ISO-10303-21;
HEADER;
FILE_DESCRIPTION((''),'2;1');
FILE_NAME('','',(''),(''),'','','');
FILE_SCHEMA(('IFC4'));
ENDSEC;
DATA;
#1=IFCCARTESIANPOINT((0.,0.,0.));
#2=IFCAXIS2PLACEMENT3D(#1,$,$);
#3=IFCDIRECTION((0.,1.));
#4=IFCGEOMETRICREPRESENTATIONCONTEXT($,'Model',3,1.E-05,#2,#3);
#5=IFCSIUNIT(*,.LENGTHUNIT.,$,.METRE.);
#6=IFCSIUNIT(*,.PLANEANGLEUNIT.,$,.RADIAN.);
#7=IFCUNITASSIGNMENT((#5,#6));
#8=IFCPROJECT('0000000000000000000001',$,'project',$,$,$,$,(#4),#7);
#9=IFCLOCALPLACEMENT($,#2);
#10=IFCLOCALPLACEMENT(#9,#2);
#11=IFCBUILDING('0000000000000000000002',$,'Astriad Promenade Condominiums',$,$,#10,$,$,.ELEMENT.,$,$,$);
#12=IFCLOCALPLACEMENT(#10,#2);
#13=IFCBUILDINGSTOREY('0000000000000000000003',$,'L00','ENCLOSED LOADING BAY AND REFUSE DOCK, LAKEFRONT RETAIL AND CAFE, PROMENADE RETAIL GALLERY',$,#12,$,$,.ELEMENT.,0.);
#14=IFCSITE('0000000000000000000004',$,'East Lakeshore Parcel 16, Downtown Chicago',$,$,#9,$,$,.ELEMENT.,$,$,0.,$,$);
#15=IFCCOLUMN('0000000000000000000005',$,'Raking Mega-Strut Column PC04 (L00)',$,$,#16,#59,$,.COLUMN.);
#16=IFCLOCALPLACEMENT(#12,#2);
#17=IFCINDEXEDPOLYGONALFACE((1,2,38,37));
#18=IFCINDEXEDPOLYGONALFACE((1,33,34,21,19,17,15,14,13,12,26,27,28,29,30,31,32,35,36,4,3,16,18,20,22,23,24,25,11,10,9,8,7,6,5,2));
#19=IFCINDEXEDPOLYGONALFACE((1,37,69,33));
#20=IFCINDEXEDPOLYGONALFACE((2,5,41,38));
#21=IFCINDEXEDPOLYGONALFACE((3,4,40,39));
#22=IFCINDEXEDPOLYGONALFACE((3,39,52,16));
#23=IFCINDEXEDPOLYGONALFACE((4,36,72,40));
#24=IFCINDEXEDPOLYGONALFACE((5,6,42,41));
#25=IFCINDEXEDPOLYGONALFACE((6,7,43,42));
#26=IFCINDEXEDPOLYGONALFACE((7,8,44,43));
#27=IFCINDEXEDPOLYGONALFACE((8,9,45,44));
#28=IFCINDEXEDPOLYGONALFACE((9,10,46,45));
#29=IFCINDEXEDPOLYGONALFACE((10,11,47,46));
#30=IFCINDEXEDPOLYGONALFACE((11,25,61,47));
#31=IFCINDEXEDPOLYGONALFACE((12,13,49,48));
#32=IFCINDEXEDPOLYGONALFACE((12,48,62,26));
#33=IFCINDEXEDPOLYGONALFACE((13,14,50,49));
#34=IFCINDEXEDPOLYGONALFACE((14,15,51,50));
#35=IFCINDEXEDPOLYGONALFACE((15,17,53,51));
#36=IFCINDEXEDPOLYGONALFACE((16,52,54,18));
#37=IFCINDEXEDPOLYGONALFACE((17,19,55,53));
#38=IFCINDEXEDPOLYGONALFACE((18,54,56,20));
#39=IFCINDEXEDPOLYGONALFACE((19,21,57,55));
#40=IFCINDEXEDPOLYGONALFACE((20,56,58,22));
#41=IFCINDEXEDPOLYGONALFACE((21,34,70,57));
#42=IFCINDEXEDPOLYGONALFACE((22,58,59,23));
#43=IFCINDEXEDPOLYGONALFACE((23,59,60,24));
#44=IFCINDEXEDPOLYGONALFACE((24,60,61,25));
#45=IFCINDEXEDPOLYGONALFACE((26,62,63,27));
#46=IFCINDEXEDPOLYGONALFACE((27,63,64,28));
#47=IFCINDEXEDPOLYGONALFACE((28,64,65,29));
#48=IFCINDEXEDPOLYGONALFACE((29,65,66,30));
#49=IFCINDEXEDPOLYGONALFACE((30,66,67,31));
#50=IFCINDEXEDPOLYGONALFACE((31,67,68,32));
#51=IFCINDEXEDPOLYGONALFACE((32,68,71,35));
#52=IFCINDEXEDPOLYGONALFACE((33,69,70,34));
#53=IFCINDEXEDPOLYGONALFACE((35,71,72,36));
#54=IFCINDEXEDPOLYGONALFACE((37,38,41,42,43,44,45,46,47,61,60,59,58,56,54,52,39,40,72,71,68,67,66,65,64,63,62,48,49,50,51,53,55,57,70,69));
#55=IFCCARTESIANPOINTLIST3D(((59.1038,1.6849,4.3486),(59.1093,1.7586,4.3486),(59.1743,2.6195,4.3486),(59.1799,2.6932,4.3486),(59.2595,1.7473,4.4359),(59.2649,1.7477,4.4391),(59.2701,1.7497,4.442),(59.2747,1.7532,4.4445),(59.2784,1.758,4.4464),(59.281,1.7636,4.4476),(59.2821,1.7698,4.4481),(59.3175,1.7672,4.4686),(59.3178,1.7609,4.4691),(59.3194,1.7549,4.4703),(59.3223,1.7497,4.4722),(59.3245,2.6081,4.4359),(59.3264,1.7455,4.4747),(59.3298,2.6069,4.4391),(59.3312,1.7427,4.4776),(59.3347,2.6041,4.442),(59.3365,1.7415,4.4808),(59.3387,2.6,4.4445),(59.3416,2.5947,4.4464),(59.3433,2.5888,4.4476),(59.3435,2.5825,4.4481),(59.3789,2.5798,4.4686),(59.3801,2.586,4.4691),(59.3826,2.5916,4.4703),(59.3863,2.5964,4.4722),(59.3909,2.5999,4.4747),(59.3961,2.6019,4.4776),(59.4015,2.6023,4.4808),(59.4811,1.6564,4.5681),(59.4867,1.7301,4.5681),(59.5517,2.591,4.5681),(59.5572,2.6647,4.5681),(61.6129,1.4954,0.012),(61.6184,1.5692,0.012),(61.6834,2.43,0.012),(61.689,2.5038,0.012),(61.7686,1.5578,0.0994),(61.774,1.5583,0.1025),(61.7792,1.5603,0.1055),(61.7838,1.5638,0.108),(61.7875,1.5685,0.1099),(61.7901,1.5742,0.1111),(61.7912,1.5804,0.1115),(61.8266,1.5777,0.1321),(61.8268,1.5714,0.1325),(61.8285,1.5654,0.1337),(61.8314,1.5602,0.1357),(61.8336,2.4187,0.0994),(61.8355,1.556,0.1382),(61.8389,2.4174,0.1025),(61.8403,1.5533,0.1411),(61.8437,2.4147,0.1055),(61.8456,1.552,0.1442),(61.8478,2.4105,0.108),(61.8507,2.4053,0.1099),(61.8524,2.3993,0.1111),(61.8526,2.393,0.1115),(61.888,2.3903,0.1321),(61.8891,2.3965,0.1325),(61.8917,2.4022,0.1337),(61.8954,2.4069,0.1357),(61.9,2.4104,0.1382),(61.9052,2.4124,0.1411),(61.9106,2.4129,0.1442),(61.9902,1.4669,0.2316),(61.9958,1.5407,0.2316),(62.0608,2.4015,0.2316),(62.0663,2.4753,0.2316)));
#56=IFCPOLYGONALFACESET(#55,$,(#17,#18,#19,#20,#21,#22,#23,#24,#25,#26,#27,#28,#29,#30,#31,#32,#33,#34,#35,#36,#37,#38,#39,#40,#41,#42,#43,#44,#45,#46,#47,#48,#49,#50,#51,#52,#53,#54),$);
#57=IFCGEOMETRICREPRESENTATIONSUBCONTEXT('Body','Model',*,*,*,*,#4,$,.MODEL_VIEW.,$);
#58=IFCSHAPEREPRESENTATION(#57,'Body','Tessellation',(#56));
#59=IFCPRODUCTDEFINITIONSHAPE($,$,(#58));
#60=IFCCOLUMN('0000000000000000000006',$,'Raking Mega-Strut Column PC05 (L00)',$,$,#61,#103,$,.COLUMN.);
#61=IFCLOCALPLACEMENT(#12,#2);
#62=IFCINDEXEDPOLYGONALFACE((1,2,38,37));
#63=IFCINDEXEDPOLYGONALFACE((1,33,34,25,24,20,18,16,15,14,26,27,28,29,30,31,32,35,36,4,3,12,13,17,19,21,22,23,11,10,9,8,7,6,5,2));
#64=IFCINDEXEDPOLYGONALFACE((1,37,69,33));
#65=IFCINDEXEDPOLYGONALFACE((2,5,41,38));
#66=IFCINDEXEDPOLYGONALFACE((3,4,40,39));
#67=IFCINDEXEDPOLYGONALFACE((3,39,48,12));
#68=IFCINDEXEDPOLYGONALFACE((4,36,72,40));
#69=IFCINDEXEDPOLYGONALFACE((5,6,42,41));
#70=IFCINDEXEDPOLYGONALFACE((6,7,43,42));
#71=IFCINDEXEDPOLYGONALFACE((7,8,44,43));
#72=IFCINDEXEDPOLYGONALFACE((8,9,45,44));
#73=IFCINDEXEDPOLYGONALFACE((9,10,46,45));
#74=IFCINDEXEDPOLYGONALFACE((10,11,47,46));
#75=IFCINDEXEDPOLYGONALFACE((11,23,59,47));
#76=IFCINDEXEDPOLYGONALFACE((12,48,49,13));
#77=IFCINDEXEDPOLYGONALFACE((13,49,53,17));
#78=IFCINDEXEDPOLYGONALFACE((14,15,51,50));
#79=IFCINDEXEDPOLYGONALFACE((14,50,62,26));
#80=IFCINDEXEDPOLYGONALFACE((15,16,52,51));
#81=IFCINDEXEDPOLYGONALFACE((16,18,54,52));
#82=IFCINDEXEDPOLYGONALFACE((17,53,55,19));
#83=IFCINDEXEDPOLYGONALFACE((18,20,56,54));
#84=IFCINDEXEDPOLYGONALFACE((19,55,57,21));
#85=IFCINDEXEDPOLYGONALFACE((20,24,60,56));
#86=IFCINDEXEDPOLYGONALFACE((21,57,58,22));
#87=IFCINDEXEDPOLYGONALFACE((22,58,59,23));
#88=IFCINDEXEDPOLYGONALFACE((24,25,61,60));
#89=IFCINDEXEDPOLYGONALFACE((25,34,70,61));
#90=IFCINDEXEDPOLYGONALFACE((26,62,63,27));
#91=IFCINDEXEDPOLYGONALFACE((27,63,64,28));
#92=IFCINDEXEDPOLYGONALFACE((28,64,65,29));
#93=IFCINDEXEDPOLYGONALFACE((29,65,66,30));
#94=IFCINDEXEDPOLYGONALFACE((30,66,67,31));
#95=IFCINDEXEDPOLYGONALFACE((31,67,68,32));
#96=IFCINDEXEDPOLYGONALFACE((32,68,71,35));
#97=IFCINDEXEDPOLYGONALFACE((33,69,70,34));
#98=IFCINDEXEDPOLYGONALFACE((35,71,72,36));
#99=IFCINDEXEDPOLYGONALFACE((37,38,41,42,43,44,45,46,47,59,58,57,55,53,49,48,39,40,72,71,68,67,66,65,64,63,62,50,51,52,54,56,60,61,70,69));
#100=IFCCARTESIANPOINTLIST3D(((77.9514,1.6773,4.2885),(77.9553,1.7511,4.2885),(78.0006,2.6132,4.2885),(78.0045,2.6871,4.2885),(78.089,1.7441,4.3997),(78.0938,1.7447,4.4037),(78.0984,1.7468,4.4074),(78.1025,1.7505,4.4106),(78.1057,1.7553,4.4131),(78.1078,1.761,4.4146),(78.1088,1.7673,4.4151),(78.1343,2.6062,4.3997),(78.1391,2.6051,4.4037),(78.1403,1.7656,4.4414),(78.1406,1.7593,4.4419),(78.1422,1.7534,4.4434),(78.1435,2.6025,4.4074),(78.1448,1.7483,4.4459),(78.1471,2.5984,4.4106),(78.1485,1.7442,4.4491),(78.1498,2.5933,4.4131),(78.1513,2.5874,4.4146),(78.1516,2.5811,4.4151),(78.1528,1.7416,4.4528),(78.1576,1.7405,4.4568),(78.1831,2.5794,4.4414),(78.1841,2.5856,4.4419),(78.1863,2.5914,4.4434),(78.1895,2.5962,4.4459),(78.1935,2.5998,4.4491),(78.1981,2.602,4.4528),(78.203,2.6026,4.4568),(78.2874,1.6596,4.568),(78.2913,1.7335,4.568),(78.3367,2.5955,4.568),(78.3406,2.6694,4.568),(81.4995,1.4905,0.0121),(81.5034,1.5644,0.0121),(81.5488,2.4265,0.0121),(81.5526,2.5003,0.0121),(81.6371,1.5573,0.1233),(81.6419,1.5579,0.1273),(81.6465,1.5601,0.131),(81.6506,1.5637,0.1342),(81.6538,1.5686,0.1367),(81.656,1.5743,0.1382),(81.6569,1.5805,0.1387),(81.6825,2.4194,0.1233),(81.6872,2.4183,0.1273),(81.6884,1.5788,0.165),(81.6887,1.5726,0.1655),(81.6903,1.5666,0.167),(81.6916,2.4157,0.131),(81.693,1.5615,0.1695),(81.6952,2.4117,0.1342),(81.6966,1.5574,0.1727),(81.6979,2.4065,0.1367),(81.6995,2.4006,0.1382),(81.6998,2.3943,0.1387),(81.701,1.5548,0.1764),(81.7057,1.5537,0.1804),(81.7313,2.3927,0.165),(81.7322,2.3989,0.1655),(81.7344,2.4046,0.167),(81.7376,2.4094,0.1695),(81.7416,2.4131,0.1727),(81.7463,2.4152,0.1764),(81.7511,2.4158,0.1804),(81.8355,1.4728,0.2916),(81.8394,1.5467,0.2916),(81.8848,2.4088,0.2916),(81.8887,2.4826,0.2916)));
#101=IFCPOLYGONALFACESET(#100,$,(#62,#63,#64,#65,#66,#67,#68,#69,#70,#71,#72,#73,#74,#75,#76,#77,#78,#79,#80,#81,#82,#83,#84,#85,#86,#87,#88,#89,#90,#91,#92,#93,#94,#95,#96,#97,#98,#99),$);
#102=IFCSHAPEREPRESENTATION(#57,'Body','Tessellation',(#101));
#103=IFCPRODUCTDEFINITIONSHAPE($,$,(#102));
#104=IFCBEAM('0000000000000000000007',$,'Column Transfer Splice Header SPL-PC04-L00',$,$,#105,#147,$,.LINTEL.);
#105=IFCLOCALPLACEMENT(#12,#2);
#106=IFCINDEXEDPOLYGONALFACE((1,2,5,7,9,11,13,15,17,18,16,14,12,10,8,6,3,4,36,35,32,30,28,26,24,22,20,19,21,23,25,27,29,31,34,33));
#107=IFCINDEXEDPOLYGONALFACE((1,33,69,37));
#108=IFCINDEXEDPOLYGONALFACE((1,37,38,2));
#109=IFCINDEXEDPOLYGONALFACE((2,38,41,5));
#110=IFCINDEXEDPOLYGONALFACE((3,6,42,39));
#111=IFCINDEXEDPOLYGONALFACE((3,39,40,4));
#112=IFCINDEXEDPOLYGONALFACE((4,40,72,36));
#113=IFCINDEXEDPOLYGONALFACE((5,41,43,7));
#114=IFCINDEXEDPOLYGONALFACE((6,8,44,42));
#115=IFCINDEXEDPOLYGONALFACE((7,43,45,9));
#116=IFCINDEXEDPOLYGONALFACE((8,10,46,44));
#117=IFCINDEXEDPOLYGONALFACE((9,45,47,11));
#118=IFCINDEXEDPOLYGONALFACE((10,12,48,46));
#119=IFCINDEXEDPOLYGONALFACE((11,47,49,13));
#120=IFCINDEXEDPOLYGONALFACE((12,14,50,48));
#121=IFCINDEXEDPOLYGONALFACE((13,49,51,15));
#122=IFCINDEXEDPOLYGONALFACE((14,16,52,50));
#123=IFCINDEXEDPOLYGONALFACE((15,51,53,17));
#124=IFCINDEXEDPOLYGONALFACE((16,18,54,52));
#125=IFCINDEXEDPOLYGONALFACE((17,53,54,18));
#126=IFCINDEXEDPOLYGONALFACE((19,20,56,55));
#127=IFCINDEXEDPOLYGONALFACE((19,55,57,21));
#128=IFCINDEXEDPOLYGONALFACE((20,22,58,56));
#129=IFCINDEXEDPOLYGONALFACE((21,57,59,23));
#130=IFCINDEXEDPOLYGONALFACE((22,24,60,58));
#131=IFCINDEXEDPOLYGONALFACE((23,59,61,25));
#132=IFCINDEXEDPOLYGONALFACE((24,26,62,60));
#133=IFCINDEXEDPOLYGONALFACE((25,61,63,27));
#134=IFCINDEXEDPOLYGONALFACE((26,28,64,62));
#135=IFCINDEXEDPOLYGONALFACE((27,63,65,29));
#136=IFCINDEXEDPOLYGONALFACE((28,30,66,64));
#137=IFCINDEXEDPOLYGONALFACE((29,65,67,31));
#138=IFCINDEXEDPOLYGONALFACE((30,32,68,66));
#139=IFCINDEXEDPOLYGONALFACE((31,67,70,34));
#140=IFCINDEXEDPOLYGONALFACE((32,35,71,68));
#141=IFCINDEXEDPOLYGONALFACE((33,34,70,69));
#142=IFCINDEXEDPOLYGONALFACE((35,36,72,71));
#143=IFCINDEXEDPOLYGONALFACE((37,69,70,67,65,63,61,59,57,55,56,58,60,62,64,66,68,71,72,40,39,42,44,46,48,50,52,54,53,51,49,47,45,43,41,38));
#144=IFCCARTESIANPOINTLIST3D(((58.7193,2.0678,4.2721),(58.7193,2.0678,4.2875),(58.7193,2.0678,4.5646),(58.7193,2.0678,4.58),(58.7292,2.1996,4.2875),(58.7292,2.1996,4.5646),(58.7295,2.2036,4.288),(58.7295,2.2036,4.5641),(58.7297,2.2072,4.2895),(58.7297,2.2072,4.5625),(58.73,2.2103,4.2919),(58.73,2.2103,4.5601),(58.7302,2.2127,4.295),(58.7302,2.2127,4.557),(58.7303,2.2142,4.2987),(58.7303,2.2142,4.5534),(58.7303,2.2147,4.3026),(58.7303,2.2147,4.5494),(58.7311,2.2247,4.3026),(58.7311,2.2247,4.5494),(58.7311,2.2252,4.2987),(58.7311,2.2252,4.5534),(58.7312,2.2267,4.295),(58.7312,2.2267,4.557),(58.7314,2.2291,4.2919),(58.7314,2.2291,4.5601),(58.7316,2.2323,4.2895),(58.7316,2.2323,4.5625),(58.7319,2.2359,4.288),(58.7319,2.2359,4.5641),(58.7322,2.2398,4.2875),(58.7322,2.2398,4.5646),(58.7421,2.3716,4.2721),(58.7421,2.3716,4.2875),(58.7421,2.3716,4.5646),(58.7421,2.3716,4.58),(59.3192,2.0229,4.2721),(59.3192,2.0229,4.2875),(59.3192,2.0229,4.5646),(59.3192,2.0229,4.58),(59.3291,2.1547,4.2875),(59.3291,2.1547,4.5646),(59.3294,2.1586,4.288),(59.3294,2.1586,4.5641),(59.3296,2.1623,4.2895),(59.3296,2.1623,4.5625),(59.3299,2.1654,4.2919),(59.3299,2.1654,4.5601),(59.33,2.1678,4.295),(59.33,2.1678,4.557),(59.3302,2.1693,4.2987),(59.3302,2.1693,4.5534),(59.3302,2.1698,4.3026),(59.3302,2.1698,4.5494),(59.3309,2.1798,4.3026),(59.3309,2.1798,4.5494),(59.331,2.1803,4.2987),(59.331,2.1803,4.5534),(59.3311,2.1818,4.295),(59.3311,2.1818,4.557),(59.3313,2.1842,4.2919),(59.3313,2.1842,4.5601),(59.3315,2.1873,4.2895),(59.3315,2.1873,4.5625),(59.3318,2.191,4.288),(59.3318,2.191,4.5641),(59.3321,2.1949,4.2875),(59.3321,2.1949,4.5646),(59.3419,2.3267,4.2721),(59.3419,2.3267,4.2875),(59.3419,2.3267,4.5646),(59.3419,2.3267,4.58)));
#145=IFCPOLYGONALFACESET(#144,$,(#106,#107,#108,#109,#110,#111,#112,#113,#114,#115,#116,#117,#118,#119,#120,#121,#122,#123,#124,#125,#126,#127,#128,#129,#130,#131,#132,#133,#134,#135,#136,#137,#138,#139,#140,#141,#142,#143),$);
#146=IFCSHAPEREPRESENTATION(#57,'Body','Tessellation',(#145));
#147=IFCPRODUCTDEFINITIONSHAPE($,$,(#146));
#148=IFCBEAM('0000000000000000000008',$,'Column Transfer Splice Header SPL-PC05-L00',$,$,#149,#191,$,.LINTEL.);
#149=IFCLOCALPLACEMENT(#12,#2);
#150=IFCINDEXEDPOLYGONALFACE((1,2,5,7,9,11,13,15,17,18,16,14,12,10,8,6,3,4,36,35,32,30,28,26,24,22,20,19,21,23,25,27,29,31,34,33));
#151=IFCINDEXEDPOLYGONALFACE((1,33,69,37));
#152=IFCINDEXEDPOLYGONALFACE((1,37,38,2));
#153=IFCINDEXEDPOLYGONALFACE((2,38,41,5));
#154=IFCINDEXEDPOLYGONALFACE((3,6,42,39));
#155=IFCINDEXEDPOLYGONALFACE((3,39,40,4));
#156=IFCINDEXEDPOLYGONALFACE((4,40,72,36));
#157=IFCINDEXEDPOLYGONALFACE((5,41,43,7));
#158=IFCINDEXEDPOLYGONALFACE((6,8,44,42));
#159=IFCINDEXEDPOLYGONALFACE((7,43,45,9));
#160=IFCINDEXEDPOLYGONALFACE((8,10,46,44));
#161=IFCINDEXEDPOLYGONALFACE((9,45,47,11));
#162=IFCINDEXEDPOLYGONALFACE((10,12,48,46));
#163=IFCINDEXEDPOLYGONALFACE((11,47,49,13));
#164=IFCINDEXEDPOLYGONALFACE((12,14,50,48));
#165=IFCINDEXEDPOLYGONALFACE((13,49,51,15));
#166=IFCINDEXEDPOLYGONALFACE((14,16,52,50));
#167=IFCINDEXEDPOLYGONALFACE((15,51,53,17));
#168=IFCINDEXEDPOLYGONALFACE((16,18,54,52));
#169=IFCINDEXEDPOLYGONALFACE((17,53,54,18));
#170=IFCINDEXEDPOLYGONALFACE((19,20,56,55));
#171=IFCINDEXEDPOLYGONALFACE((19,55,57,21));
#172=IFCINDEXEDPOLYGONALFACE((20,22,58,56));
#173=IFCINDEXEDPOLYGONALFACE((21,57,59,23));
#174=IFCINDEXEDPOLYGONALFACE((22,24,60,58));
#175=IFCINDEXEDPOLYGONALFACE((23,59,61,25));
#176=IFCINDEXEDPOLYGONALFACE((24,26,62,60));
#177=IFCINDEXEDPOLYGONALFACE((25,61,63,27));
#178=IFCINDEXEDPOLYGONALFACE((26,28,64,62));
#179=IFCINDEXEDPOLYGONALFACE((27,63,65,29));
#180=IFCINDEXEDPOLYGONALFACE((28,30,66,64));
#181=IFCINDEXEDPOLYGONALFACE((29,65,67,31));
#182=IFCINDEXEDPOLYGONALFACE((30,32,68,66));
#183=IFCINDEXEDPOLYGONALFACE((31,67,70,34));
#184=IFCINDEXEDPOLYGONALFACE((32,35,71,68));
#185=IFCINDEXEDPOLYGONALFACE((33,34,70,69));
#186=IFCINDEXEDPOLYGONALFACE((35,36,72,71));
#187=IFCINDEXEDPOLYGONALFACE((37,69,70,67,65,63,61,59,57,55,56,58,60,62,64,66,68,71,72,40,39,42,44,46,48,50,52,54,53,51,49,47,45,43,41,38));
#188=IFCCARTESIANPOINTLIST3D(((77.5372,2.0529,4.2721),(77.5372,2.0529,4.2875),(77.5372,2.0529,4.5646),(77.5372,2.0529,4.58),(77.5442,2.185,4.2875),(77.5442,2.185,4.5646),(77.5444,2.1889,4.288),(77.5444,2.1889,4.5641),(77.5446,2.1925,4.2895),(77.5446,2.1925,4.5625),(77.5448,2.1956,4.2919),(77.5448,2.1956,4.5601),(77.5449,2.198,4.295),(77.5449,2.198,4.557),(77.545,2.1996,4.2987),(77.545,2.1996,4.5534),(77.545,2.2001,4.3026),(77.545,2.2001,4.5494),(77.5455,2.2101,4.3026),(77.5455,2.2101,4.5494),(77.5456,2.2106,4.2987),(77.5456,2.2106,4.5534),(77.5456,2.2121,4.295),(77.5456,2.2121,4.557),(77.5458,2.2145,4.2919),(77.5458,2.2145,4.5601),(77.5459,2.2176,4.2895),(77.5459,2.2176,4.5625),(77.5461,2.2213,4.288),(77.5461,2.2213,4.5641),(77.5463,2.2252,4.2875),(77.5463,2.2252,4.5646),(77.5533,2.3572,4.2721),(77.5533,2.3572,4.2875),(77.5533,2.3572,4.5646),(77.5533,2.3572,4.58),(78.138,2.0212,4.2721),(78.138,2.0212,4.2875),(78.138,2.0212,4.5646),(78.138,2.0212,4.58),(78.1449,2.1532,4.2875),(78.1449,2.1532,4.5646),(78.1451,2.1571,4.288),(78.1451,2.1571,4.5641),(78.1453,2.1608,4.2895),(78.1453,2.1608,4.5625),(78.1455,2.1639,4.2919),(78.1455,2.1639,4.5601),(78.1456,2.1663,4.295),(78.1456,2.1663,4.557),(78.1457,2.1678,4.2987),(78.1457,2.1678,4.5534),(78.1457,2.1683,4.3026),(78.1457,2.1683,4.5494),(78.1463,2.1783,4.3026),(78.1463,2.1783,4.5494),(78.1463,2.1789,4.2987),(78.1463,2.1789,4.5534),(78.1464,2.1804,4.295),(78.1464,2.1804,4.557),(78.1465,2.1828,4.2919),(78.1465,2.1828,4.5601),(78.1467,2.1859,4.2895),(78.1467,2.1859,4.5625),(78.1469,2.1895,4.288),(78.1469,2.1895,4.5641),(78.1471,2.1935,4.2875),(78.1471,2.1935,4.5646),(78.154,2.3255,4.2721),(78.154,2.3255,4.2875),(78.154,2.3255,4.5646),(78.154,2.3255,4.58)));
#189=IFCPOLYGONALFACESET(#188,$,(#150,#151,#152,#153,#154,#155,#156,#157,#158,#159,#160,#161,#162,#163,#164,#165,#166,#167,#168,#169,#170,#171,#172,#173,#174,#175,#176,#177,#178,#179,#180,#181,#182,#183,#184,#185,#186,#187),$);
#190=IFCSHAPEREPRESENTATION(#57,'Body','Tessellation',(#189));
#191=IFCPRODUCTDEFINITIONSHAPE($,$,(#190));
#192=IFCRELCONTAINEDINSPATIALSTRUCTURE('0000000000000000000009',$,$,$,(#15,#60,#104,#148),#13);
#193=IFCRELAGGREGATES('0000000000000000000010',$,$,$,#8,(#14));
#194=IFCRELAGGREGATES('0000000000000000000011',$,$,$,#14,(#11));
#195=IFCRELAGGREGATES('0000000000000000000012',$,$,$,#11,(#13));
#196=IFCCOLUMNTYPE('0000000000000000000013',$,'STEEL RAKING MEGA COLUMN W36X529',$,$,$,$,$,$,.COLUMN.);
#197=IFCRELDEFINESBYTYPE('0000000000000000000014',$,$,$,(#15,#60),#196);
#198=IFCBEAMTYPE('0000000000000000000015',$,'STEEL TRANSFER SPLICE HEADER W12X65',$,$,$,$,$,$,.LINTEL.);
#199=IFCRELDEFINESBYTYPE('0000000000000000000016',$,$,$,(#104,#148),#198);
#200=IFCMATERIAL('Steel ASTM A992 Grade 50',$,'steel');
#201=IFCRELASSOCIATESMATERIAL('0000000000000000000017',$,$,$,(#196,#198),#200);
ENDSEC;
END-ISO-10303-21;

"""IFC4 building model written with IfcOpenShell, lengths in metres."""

from ifc_helpers import new_model, si_unit, direction, frame, origin, origin_2d, place, context, subcontext, project, spatial, i_section, extrude, source, transform, mapped, material, material_profile, profile_set, type_object, type_shapes, element, save


model = new_model("IFC4")

# Units and contexts
model_context = context("Model", 3, precision=1e-05, world=origin(), true_north=direction((0.0, 1.0)))
body_context = subcontext(model_context, "Body", "Model", "MODEL_VIEW")
ifc_project = project(units=[si_unit("LENGTHUNIT", "METRE"), si_unit("PLANEANGLEUNIT", "RADIAN")], contexts=[model_context])

# Site, building, storey
site_placement = place(None, origin())
site = spatial("IfcSite", under=ifc_project, at=site_placement, Name="East Lakeshore Parcel 16, Downtown Chicago", CompositionType="ELEMENT", RefElevation=0.0)
building_placement = place(site_placement, origin())
building = spatial("IfcBuilding", under=site, at=building_placement, Name="Astriad Promenade Condominiums", CompositionType="ELEMENT")
storey_placement = place(building_placement, origin())
storey = spatial("IfcBuildingStorey", under=building, at=storey_placement, Name="L00", Description="ENCLOSED LOADING BAY AND REFUSE DOCK, LAKEFRONT RETAIL AND CAFE, PROMENADE RETAIL GALLERY", CompositionType="ELEMENT", Elevation=0.0)

# Columns
ifc_material_1 = material(Name="Steel ASTM A992 Grade 50", Category="steel")
ifc_material_profile_1 = material_profile(ifc_material_1, i_section(OverallWidth=0.4375, OverallDepth=1.0112, WebThickness=0.041, FlangeThickness=0.074, FilletRadius=0.0242, at=origin_2d()), Name="W36X529")
ifc_profile_set_1 = profile_set([ifc_material_profile_1], Name="Steel ASTM A992 Grade 50")
column_type = type_object("IfcColumnType", Name="STEEL RAKING MEGA COLUMN W36X529", PredefinedType="COLUMN", material=ifc_profile_set_1)
shared_shape_1 = source(origin(), body_context, "Body", "SweptSolid", [
    extrude(i_section(OverallWidth=0.4375, OverallDepth=1.0112, WebThickness=0.041, FlangeThickness=0.074, FilletRadius=0.0242, at=origin_2d()), origin(), (0.0, 0.0, 1.0), 5.0137),
])
column_1_placement = place(storey_placement, frame((61.8396, 1.9854, 0.1218), z_axis=(-0.50045, 0.037788, 0.86494), x_axis=(0.862485, -0.065125, 0.501875)))
element("IfcColumn", 1, at=column_1_placement, inside=storey, type_object=column_type, Name="Raking Mega-Strut Column PC04 (L00)", PredefinedType="COLUMN", context=body_context, shape_type="MappedRepresentation", body=[
    mapped(shared_shape_1, transform((0.0, 0.0, 0.0), scale=1.0)),
])
shared_shape_2 = source(origin(), body_context, "Body", "SweptSolid", [
    extrude(i_section(OverallWidth=0.4375, OverallDepth=1.0112, WebThickness=0.041, FlangeThickness=0.074, FilletRadius=0.0242, at=origin_2d()), origin(), (0.0, 0.0, 1.0), 5.5598),
])
type_shapes(column_type, [shared_shape_1, shared_shape_2])
column_2_placement = place(storey_placement, frame((81.6941, 1.9866, 0.1519), z_axis=(-0.638172, 0.033593, 0.769161), x_axis=(0.768097, -0.040432, 0.639055)))
element("IfcColumn", 2, at=column_2_placement, inside=storey, type_object=column_type, Name="Raking Mega-Strut Column PC05 (L00)", PredefinedType="COLUMN", context=body_context, shape_type="MappedRepresentation", body=[
    mapped(shared_shape_2, transform((0.0, 0.0, 0.0), scale=1.0)),
])

# Beams
ifc_material_profile_2 = material_profile(ifc_material_1, i_section(OverallWidth=0.3047, OverallDepth=0.3079, WebThickness=0.01, FlangeThickness=0.0154, FilletRadius=0.0151, at=origin_2d()), Name="W12X65")
ifc_profile_set_2 = profile_set([ifc_material_profile_2], Name="Steel ASTM A992 Grade 50")
beam_type_1 = type_object("IfcBeamType", Name="STEEL TRANSFER SPLICE HEADER W12X65", PredefinedType="LINTEL", material=ifc_profile_set_2)
shared_shape_3 = source(origin(), body_context, "Body", "SweptSolid", [
    extrude(i_section(OverallWidth=0.3047, OverallDepth=0.3079, WebThickness=0.01, FlangeThickness=0.0154, FilletRadius=0.0151, at=origin_2d()), origin(), (0.0, 0.0, 1.0), 0.6016),
])
type_shapes(beam_type_1, [shared_shape_3])
for number, where, z_axis, x_axis, name in (
    (3, (59.3306, 2.1748, 4.426), (-0.997208, 0.074679, 0.0), (-0.074679, -0.997208, 0.0), "Column Transfer Splice Header SPL-PC04-L00"),
    (4, (78.146, 2.1733, 4.426), (-0.998608, 0.052751, 0.0), (-0.052751, -0.998608, 0.0), "Column Transfer Splice Header SPL-PC05-L00"),
):
    element("IfcBeam", number, at=place(storey_placement, frame(where, z_axis=z_axis, x_axis=x_axis)), inside=storey, type_object=beam_type_1, Name=name, PredefinedType="LINTEL", context=body_context, shape_type="MappedRepresentation", body=[
        mapped(shared_shape_3, transform((0.0, 0.0, 0.0), scale=1.0)),
    ])

save(model, "model.ifc")
